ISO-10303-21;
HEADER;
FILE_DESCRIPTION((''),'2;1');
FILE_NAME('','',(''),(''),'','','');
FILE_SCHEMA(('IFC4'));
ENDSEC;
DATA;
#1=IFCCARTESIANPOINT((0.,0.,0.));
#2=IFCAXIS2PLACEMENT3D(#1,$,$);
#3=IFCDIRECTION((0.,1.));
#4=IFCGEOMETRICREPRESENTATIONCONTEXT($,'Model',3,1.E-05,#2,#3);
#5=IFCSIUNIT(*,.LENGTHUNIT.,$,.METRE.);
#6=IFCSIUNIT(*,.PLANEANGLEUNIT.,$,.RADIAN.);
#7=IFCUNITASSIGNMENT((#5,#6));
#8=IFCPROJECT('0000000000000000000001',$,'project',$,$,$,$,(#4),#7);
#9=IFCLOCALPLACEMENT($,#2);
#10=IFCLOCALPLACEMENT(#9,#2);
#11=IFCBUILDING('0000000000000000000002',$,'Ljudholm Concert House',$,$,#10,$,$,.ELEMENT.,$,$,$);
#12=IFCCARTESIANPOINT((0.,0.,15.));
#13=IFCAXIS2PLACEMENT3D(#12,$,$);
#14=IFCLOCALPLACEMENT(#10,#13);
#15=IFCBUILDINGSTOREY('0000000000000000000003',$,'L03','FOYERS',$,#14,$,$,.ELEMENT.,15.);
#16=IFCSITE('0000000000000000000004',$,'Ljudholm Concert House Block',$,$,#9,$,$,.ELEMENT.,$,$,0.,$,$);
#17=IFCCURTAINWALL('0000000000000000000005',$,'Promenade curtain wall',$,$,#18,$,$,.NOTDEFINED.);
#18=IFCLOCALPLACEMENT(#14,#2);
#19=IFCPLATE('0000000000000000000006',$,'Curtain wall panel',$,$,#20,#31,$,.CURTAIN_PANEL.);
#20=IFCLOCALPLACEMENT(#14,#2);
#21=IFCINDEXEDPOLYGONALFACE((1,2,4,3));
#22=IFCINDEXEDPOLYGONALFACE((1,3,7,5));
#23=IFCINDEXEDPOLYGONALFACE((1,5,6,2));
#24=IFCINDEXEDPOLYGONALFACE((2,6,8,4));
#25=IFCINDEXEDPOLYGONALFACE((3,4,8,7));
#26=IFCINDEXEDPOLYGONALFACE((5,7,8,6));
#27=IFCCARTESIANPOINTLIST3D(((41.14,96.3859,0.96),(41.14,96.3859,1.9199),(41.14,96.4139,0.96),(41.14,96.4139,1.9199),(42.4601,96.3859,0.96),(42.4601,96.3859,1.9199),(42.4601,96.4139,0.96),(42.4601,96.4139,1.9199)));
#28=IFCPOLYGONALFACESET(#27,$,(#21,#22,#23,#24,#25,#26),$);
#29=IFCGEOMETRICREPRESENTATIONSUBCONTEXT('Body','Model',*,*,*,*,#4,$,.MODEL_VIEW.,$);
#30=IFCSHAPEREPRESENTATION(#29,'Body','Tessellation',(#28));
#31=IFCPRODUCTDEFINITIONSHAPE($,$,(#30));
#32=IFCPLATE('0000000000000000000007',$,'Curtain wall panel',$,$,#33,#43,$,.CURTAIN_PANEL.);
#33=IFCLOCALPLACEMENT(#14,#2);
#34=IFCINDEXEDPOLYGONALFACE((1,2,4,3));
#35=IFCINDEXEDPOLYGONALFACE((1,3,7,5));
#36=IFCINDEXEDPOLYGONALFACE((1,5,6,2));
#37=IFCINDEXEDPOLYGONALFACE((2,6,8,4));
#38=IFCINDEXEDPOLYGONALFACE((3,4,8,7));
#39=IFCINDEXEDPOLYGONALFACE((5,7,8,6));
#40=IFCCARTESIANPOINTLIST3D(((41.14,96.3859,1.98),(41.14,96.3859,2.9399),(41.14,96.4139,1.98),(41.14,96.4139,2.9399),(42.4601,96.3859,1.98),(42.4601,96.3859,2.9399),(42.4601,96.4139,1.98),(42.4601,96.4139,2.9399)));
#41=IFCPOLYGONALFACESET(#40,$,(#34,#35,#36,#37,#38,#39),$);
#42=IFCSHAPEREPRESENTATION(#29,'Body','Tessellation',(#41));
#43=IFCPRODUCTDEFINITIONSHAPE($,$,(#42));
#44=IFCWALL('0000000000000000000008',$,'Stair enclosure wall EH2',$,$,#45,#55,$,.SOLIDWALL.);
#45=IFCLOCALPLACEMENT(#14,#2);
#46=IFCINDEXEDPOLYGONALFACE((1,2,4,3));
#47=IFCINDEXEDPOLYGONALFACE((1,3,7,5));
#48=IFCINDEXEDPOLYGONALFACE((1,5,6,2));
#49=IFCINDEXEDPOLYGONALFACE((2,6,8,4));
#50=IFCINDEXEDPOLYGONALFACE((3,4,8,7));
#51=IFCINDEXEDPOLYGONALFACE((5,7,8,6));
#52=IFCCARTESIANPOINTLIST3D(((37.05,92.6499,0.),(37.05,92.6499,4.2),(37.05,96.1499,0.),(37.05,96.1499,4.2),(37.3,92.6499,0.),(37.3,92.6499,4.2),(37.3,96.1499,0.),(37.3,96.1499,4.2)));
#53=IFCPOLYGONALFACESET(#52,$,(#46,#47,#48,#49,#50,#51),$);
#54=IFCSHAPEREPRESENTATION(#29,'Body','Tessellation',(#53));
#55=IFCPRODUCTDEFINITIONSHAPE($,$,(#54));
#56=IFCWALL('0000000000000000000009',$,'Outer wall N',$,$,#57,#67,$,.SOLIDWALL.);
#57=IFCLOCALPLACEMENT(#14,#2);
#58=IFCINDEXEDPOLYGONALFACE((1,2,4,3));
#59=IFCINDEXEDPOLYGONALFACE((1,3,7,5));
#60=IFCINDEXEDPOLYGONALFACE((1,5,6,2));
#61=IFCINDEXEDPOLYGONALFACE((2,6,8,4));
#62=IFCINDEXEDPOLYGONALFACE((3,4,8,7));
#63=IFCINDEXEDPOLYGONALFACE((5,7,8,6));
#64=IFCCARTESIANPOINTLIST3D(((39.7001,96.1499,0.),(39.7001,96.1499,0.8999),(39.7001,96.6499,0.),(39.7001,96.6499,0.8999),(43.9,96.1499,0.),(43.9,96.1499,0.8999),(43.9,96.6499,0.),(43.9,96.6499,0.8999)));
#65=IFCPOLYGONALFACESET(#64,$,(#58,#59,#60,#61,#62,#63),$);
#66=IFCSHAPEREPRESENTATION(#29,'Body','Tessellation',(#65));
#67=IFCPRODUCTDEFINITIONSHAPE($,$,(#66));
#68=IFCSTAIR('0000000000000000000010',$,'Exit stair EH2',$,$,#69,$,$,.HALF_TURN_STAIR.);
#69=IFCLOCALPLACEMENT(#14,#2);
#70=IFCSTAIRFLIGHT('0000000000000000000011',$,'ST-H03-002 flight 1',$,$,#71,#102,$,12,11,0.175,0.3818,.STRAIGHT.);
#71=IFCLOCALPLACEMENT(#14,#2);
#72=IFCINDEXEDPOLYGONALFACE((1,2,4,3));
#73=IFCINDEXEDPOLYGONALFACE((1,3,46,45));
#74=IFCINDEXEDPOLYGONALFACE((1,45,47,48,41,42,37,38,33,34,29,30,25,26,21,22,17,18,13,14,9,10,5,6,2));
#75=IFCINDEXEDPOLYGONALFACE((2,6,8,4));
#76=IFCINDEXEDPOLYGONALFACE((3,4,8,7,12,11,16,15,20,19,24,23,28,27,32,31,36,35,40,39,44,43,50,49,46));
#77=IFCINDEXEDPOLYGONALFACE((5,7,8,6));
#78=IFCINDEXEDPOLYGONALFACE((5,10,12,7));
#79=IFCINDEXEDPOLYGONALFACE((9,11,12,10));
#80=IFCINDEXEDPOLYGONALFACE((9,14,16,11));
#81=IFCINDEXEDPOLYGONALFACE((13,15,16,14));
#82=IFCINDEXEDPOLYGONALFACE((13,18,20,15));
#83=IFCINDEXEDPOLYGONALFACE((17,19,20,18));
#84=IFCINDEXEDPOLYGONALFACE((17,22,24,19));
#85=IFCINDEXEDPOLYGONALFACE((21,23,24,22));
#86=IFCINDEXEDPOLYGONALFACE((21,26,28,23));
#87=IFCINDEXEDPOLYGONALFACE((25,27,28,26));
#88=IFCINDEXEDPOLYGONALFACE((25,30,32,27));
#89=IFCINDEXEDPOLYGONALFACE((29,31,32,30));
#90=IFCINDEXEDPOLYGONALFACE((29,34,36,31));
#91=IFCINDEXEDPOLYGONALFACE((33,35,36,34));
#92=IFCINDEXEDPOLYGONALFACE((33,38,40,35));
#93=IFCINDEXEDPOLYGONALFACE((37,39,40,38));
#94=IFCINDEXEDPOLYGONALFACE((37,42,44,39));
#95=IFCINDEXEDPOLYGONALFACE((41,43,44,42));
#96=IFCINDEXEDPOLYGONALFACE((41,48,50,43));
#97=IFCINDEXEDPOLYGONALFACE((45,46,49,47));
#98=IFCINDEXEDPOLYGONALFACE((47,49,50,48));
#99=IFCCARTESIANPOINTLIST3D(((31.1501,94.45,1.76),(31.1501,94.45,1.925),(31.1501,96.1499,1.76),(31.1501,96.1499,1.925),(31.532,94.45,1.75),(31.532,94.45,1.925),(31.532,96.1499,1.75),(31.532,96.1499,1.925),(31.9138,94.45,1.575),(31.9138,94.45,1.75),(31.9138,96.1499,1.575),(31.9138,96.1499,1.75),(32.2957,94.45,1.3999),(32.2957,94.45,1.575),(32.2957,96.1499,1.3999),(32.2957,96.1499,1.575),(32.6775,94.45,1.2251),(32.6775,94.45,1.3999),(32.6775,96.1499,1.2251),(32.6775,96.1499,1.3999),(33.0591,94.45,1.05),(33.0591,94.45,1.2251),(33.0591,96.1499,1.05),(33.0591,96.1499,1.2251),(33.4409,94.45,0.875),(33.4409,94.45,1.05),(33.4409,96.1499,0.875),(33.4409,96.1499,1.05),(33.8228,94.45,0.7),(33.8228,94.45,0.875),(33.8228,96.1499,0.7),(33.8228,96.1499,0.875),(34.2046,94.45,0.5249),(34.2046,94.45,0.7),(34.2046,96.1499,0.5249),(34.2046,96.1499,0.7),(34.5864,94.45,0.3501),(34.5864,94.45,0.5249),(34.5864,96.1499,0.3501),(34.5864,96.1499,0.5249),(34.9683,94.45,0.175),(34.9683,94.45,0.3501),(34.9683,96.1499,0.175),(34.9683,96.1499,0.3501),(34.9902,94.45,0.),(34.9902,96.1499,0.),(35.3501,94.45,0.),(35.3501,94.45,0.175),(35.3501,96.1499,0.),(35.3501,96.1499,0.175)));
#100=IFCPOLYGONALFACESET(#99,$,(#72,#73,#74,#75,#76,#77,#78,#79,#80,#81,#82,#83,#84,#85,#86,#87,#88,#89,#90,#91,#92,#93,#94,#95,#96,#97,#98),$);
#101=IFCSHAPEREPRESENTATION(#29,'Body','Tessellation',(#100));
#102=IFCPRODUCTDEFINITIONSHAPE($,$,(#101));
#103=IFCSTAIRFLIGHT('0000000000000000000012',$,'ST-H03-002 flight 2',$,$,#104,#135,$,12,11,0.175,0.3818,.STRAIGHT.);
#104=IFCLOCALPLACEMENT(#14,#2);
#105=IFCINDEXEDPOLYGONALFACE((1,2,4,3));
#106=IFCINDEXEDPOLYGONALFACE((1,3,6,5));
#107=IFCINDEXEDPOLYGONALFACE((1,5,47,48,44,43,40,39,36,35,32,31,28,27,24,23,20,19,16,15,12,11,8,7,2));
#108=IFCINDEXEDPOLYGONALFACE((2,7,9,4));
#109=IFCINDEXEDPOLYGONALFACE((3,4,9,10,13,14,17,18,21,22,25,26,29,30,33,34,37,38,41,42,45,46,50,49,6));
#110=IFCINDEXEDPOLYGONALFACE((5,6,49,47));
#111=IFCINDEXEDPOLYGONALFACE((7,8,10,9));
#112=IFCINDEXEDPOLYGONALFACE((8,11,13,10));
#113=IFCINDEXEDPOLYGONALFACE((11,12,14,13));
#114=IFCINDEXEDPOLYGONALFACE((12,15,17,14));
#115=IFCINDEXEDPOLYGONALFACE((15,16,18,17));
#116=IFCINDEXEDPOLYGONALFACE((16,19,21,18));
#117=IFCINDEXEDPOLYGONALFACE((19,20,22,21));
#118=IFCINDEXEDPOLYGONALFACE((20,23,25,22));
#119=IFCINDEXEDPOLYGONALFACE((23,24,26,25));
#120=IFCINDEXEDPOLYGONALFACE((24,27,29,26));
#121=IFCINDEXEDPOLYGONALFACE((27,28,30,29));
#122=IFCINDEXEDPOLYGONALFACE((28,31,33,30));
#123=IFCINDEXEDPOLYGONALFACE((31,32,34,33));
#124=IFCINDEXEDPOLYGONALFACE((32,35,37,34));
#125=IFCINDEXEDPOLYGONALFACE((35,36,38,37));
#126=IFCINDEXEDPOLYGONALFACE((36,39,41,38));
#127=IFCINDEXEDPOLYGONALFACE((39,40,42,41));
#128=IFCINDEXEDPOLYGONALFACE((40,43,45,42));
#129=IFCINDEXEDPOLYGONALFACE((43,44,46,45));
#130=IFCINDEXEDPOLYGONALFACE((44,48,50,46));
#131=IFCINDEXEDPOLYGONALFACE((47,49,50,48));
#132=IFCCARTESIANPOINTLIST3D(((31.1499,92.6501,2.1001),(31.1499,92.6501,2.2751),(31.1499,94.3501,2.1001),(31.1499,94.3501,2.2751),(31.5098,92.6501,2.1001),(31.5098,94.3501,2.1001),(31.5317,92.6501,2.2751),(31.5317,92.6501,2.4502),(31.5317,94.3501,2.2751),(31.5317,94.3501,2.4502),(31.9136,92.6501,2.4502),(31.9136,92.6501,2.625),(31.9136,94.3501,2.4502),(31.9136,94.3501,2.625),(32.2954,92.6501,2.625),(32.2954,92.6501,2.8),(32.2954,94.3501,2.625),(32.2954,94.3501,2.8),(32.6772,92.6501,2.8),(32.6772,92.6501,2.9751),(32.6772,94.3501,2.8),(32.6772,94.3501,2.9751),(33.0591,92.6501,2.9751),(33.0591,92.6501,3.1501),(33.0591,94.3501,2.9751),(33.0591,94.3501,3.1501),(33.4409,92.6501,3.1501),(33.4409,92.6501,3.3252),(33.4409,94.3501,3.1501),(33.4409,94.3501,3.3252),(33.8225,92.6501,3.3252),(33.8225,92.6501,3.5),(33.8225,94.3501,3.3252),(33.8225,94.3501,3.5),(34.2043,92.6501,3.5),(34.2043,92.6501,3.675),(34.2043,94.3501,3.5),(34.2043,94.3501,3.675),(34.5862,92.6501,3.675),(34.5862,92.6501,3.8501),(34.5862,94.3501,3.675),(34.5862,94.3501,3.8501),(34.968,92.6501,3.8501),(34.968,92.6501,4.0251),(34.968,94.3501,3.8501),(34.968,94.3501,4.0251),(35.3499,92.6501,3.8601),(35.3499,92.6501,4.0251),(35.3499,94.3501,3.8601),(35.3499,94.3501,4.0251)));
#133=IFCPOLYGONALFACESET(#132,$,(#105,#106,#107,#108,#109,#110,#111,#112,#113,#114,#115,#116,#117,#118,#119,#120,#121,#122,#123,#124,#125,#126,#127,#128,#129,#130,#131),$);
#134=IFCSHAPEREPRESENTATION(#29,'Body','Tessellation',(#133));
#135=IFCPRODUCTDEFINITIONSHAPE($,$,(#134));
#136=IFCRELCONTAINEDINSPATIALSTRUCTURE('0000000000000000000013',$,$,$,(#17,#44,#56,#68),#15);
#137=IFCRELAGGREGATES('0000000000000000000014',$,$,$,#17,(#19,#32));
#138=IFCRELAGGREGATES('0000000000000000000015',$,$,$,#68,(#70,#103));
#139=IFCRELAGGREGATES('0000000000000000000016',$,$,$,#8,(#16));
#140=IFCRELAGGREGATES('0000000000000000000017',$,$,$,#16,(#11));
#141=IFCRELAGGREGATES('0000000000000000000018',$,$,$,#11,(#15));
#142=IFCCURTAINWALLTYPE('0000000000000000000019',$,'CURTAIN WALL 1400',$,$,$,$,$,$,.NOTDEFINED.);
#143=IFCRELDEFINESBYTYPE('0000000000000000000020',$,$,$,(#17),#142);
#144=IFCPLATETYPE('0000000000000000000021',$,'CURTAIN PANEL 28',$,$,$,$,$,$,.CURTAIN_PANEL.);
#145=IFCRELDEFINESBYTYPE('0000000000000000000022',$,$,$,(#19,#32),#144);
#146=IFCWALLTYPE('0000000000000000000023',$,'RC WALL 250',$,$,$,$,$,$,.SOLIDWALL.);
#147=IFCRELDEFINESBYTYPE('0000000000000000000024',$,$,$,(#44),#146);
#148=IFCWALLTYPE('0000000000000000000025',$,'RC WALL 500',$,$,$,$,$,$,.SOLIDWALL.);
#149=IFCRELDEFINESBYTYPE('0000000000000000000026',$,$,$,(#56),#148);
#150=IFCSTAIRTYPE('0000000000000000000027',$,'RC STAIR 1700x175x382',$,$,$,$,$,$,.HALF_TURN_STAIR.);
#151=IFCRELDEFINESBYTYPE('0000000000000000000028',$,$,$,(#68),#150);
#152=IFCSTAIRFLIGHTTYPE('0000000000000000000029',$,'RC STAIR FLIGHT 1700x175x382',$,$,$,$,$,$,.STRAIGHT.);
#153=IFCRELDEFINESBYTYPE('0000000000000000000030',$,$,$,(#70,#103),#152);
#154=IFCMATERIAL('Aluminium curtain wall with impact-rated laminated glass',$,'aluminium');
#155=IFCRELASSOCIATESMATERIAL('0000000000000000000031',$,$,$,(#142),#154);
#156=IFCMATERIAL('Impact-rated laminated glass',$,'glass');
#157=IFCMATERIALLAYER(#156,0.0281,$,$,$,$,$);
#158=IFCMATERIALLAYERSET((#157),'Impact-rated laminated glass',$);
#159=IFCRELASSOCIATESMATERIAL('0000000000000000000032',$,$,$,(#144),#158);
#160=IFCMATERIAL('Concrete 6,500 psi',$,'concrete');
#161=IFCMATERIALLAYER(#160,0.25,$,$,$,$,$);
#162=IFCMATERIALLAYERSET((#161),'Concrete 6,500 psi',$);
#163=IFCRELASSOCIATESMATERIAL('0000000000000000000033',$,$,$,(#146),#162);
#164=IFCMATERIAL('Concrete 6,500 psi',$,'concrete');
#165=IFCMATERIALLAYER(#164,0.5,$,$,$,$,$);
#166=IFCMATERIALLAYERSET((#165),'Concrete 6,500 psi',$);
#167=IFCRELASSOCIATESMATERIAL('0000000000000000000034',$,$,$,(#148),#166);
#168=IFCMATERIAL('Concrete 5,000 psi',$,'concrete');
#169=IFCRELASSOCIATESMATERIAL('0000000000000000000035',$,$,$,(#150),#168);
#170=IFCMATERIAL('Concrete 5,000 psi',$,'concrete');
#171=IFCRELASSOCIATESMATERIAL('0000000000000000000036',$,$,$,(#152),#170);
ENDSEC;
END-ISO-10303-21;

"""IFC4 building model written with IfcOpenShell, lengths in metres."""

from ifc_helpers import new_model, si_unit, direction, frame, frame_2d, origin, origin_2d, place, context, subcontext, project, spatial, polyline, rectangle, outline, extrude, material, layer, layer_set, type_object, element, aggregate, save


model = new_model("IFC4")

# Units and contexts
model_context = context("Model", 3, precision=1e-05, world=origin(), true_north=direction((0.0, 1.0)))
body_context = subcontext(model_context, "Body", "Model", "MODEL_VIEW")
ifc_project = project(units=[si_unit("LENGTHUNIT", "METRE"), si_unit("PLANEANGLEUNIT", "RADIAN")], contexts=[model_context])

# Site, building, storey
site_placement = place(None, origin())
site = spatial("IfcSite", under=ifc_project, at=site_placement, Name="Ljudholm Concert House Block", CompositionType="ELEMENT", RefElevation=0.0)
building_placement = place(site_placement, origin())
building = spatial("IfcBuilding", under=site, at=building_placement, Name="Ljudholm Concert House", CompositionType="ELEMENT")
storey_placement = place(building_placement, frame((0.0, 0.0, 15.0)))
storey = spatial("IfcBuildingStorey", under=building, at=storey_placement, Name="L03", Description="FOYERS", CompositionType="ELEMENT", Elevation=15.0)

# Curtain wall
ifc_material_1 = material(Name="Aluminium curtain wall with impact-rated laminated glass", Category="aluminium")
curtain_wall_type = type_object("IfcCurtainWallType", Name="CURTAIN WALL 1400", PredefinedType="NOTDEFINED", material=ifc_material_1)
curtain_wall_placement = place(storey_placement, origin())
curtain_wall = element("IfcCurtainWall", 1, at=curtain_wall_placement, inside=storey, type_object=curtain_wall_type, Name="Promenade curtain wall", PredefinedType="NOTDEFINED")

# Plates
ifc_material_2 = material(Name="Impact-rated laminated glass", Category="glass")
ifc_layer_1 = layer(ifc_material_2, 0.0281)
ifc_layer_set_1 = layer_set([ifc_layer_1], Name="Impact-rated laminated glass")
plate_type = type_object("IfcPlateType", Name="CURTAIN PANEL 28", PredefinedType="CURTAIN_PANEL", material=ifc_layer_set_1)
plate_1_placement = place(storey_placement, frame((41.8, 96.3999, 0.96), z_axis=(0.0, 0.0, 1.0), x_axis=(1.0, 0.0, 0.0)))
plate_1 = element("IfcPlate", 2, at=plate_1_placement, type_object=plate_type, Name="Curtain wall panel", PredefinedType="CURTAIN_PANEL", context=body_context, shape_type="SweptSolid", body=[
    extrude(rectangle(XDim=1.3201, YDim=0.0281, at=origin_2d()), origin(), (0.0, 0.0, 1.0), 0.96),
])
plate_2_placement = place(storey_placement, frame((41.8, 96.3999, 1.98), z_axis=(0.0, 0.0, 1.0), x_axis=(1.0, 0.0, 0.0)))
plate_2 = element("IfcPlate", 3, at=plate_2_placement, type_object=plate_type, Name="Curtain wall panel", PredefinedType="CURTAIN_PANEL", context=body_context, shape_type="SweptSolid", body=[
    extrude(rectangle(XDim=1.3201, YDim=0.0281, at=origin_2d()), origin(), (0.0, 0.0, 1.0), 0.96),
])
aggregate(curtain_wall, [plate_1, plate_2])

# Walls
ifc_material_3 = material(Name="Concrete 6,500 psi", Category="concrete")
ifc_layer_2 = layer(ifc_material_3, 0.25)
ifc_layer_set_2 = layer_set([ifc_layer_2], Name="Concrete 6,500 psi")
wall_type_1 = type_object("IfcWallType", Name="RC WALL 250", PredefinedType="SOLIDWALL", material=ifc_layer_set_2)
wall_1_placement = place(storey_placement, frame((37.175, 92.6499, 0.0), z_axis=(0.0, 0.0, 1.0), x_axis=(0.0, 1.0, 0.0)))
element("IfcWall", 4, at=wall_1_placement, inside=storey, type_object=wall_type_1, Name="Stair enclosure wall EH2", PredefinedType="SOLIDWALL", context=body_context, shape_type="SweptSolid", body=[
    extrude(rectangle(XDim=3.5, YDim=0.25, at=frame_2d((1.75, 0.0))), origin(), (0.0, 0.0, 1.0), 4.2),
])
ifc_material_4 = material(Name="Concrete 6,500 psi", Category="concrete")
ifc_layer_3 = layer(ifc_material_4, 0.5)
ifc_layer_set_3 = layer_set([ifc_layer_3], Name="Concrete 6,500 psi")
wall_type_2 = type_object("IfcWallType", Name="RC WALL 500", PredefinedType="SOLIDWALL", material=ifc_layer_set_3)
wall_2_placement = place(storey_placement, frame((39.7, 96.3999, 0.0), z_axis=(0.0, 0.0, 1.0), x_axis=(1.0, 0.0, 0.0)))
element("IfcWall", 5, at=wall_2_placement, inside=storey, type_object=wall_type_2, Name="Outer wall N", PredefinedType="SOLIDWALL", context=body_context, shape_type="SweptSolid", body=[
    extrude(rectangle(XDim=4.2, YDim=0.5, at=frame_2d((2.1001, 0.0))), origin(), (0.0, 0.0, 1.0), 0.8999),
])

# Stair, stair flights
ifc_material_5 = material(Name="Concrete 5,000 psi", Category="concrete")
stair_type = type_object("IfcStairType", Name="RC STAIR 1700x175x382", PredefinedType="HALF_TURN_STAIR", material=ifc_material_5)
stair_placement = place(storey_placement, origin())
stair = element("IfcStair", 6, at=stair_placement, inside=storey, type_object=stair_type, Name="Exit stair EH2", PredefinedType="HALF_TURN_STAIR")
ifc_material_6 = material(Name="Concrete 5,000 psi", Category="concrete")
stair_flight_type = type_object("IfcStairFlightType", Name="RC STAIR FLIGHT 1700x175x382", PredefinedType="STRAIGHT", material=ifc_material_6)
stair_flight_1_placement = place(storey_placement, frame((35.3501, 95.3, 0.0), z_axis=(0.0, 0.0, 1.0), x_axis=(-1.0, 0.0, 0.0)))
stair_flight_1 = element("IfcStairFlight", 7, at=stair_flight_1_placement, type_object=stair_flight_type, Name="ST-H03-002 flight 1", NumberOfRisers=12, NumberOfTreads=11, PredefinedType="STRAIGHT", RiserHeight=0.175, TreadLength=0.3818, context=body_context, shape_type="SweptSolid", body=[
    extrude(outline(polyline([(0.0, 0.0), (0.0, 0.175), (0.3818, 0.175), (0.3818, 0.3501), (0.7637, 0.3501), (0.7637, 0.5249), (1.1455, 0.5249), (1.1455, 0.7), (1.5273, 0.7), (1.5273, 0.875), (1.9092, 0.875), (1.9092, 1.05), (2.291, 1.05), (2.291, 1.2251), (2.6726, 1.2251), (2.6726, 1.3999), (3.0544, 1.3999), (3.0544, 1.575), (3.4363, 1.575), (3.4363, 1.75), (3.8181, 1.75), (3.8181, 1.925), (4.2, 1.925), (4.2, 2.1001), (4.2, 1.76), (0.3599, 0.0), (0.0, 0.0)])), frame((0.0, 0.8501, 0.0), z_axis=(0.0, -1.0, 0.0), x_axis=(1.0, 0.0, 0.0)), (0.0, 0.0, 1.0), 1.7),
])
stair_flight_2_placement = place(storey_placement, frame((31.1499, 93.5, 2.1001), z_axis=(0.0, 0.0, 1.0), x_axis=(1.0, 0.0, 0.0)))
stair_flight_2 = element("IfcStairFlight", 8, at=stair_flight_2_placement, type_object=stair_flight_type, Name="ST-H03-002 flight 2", NumberOfRisers=12, NumberOfTreads=11, PredefinedType="STRAIGHT", RiserHeight=0.175, TreadLength=0.3818, context=body_context, shape_type="SweptSolid", body=[
    extrude(outline(polyline([(0.0, 0.0), (0.0, 0.175), (0.3818, 0.175), (0.3818, 0.3501), (0.7637, 0.3501), (0.7637, 0.5249), (1.1455, 0.5249), (1.1455, 0.7), (1.5273, 0.7), (1.5273, 0.875), (1.9092, 0.875), (1.9092, 1.05), (2.291, 1.05), (2.291, 1.2251), (2.6726, 1.2251), (2.6726, 1.3999), (3.0544, 1.3999), (3.0544, 1.575), (3.4363, 1.575), (3.4363, 1.75), (3.8181, 1.75), (3.8181, 1.925), (4.2, 1.925), (4.2, 2.1001), (4.2, 1.76), (0.3599, 0.0), (0.0, 0.0)])), frame((0.0, 0.8501, 0.0), z_axis=(0.0, -1.0, 0.0), x_axis=(1.0, 0.0, 0.0)), (0.0, 0.0, 1.0), 1.7),
])
aggregate(stair, [stair_flight_1, stair_flight_2])

save(model, "model.ifc")
